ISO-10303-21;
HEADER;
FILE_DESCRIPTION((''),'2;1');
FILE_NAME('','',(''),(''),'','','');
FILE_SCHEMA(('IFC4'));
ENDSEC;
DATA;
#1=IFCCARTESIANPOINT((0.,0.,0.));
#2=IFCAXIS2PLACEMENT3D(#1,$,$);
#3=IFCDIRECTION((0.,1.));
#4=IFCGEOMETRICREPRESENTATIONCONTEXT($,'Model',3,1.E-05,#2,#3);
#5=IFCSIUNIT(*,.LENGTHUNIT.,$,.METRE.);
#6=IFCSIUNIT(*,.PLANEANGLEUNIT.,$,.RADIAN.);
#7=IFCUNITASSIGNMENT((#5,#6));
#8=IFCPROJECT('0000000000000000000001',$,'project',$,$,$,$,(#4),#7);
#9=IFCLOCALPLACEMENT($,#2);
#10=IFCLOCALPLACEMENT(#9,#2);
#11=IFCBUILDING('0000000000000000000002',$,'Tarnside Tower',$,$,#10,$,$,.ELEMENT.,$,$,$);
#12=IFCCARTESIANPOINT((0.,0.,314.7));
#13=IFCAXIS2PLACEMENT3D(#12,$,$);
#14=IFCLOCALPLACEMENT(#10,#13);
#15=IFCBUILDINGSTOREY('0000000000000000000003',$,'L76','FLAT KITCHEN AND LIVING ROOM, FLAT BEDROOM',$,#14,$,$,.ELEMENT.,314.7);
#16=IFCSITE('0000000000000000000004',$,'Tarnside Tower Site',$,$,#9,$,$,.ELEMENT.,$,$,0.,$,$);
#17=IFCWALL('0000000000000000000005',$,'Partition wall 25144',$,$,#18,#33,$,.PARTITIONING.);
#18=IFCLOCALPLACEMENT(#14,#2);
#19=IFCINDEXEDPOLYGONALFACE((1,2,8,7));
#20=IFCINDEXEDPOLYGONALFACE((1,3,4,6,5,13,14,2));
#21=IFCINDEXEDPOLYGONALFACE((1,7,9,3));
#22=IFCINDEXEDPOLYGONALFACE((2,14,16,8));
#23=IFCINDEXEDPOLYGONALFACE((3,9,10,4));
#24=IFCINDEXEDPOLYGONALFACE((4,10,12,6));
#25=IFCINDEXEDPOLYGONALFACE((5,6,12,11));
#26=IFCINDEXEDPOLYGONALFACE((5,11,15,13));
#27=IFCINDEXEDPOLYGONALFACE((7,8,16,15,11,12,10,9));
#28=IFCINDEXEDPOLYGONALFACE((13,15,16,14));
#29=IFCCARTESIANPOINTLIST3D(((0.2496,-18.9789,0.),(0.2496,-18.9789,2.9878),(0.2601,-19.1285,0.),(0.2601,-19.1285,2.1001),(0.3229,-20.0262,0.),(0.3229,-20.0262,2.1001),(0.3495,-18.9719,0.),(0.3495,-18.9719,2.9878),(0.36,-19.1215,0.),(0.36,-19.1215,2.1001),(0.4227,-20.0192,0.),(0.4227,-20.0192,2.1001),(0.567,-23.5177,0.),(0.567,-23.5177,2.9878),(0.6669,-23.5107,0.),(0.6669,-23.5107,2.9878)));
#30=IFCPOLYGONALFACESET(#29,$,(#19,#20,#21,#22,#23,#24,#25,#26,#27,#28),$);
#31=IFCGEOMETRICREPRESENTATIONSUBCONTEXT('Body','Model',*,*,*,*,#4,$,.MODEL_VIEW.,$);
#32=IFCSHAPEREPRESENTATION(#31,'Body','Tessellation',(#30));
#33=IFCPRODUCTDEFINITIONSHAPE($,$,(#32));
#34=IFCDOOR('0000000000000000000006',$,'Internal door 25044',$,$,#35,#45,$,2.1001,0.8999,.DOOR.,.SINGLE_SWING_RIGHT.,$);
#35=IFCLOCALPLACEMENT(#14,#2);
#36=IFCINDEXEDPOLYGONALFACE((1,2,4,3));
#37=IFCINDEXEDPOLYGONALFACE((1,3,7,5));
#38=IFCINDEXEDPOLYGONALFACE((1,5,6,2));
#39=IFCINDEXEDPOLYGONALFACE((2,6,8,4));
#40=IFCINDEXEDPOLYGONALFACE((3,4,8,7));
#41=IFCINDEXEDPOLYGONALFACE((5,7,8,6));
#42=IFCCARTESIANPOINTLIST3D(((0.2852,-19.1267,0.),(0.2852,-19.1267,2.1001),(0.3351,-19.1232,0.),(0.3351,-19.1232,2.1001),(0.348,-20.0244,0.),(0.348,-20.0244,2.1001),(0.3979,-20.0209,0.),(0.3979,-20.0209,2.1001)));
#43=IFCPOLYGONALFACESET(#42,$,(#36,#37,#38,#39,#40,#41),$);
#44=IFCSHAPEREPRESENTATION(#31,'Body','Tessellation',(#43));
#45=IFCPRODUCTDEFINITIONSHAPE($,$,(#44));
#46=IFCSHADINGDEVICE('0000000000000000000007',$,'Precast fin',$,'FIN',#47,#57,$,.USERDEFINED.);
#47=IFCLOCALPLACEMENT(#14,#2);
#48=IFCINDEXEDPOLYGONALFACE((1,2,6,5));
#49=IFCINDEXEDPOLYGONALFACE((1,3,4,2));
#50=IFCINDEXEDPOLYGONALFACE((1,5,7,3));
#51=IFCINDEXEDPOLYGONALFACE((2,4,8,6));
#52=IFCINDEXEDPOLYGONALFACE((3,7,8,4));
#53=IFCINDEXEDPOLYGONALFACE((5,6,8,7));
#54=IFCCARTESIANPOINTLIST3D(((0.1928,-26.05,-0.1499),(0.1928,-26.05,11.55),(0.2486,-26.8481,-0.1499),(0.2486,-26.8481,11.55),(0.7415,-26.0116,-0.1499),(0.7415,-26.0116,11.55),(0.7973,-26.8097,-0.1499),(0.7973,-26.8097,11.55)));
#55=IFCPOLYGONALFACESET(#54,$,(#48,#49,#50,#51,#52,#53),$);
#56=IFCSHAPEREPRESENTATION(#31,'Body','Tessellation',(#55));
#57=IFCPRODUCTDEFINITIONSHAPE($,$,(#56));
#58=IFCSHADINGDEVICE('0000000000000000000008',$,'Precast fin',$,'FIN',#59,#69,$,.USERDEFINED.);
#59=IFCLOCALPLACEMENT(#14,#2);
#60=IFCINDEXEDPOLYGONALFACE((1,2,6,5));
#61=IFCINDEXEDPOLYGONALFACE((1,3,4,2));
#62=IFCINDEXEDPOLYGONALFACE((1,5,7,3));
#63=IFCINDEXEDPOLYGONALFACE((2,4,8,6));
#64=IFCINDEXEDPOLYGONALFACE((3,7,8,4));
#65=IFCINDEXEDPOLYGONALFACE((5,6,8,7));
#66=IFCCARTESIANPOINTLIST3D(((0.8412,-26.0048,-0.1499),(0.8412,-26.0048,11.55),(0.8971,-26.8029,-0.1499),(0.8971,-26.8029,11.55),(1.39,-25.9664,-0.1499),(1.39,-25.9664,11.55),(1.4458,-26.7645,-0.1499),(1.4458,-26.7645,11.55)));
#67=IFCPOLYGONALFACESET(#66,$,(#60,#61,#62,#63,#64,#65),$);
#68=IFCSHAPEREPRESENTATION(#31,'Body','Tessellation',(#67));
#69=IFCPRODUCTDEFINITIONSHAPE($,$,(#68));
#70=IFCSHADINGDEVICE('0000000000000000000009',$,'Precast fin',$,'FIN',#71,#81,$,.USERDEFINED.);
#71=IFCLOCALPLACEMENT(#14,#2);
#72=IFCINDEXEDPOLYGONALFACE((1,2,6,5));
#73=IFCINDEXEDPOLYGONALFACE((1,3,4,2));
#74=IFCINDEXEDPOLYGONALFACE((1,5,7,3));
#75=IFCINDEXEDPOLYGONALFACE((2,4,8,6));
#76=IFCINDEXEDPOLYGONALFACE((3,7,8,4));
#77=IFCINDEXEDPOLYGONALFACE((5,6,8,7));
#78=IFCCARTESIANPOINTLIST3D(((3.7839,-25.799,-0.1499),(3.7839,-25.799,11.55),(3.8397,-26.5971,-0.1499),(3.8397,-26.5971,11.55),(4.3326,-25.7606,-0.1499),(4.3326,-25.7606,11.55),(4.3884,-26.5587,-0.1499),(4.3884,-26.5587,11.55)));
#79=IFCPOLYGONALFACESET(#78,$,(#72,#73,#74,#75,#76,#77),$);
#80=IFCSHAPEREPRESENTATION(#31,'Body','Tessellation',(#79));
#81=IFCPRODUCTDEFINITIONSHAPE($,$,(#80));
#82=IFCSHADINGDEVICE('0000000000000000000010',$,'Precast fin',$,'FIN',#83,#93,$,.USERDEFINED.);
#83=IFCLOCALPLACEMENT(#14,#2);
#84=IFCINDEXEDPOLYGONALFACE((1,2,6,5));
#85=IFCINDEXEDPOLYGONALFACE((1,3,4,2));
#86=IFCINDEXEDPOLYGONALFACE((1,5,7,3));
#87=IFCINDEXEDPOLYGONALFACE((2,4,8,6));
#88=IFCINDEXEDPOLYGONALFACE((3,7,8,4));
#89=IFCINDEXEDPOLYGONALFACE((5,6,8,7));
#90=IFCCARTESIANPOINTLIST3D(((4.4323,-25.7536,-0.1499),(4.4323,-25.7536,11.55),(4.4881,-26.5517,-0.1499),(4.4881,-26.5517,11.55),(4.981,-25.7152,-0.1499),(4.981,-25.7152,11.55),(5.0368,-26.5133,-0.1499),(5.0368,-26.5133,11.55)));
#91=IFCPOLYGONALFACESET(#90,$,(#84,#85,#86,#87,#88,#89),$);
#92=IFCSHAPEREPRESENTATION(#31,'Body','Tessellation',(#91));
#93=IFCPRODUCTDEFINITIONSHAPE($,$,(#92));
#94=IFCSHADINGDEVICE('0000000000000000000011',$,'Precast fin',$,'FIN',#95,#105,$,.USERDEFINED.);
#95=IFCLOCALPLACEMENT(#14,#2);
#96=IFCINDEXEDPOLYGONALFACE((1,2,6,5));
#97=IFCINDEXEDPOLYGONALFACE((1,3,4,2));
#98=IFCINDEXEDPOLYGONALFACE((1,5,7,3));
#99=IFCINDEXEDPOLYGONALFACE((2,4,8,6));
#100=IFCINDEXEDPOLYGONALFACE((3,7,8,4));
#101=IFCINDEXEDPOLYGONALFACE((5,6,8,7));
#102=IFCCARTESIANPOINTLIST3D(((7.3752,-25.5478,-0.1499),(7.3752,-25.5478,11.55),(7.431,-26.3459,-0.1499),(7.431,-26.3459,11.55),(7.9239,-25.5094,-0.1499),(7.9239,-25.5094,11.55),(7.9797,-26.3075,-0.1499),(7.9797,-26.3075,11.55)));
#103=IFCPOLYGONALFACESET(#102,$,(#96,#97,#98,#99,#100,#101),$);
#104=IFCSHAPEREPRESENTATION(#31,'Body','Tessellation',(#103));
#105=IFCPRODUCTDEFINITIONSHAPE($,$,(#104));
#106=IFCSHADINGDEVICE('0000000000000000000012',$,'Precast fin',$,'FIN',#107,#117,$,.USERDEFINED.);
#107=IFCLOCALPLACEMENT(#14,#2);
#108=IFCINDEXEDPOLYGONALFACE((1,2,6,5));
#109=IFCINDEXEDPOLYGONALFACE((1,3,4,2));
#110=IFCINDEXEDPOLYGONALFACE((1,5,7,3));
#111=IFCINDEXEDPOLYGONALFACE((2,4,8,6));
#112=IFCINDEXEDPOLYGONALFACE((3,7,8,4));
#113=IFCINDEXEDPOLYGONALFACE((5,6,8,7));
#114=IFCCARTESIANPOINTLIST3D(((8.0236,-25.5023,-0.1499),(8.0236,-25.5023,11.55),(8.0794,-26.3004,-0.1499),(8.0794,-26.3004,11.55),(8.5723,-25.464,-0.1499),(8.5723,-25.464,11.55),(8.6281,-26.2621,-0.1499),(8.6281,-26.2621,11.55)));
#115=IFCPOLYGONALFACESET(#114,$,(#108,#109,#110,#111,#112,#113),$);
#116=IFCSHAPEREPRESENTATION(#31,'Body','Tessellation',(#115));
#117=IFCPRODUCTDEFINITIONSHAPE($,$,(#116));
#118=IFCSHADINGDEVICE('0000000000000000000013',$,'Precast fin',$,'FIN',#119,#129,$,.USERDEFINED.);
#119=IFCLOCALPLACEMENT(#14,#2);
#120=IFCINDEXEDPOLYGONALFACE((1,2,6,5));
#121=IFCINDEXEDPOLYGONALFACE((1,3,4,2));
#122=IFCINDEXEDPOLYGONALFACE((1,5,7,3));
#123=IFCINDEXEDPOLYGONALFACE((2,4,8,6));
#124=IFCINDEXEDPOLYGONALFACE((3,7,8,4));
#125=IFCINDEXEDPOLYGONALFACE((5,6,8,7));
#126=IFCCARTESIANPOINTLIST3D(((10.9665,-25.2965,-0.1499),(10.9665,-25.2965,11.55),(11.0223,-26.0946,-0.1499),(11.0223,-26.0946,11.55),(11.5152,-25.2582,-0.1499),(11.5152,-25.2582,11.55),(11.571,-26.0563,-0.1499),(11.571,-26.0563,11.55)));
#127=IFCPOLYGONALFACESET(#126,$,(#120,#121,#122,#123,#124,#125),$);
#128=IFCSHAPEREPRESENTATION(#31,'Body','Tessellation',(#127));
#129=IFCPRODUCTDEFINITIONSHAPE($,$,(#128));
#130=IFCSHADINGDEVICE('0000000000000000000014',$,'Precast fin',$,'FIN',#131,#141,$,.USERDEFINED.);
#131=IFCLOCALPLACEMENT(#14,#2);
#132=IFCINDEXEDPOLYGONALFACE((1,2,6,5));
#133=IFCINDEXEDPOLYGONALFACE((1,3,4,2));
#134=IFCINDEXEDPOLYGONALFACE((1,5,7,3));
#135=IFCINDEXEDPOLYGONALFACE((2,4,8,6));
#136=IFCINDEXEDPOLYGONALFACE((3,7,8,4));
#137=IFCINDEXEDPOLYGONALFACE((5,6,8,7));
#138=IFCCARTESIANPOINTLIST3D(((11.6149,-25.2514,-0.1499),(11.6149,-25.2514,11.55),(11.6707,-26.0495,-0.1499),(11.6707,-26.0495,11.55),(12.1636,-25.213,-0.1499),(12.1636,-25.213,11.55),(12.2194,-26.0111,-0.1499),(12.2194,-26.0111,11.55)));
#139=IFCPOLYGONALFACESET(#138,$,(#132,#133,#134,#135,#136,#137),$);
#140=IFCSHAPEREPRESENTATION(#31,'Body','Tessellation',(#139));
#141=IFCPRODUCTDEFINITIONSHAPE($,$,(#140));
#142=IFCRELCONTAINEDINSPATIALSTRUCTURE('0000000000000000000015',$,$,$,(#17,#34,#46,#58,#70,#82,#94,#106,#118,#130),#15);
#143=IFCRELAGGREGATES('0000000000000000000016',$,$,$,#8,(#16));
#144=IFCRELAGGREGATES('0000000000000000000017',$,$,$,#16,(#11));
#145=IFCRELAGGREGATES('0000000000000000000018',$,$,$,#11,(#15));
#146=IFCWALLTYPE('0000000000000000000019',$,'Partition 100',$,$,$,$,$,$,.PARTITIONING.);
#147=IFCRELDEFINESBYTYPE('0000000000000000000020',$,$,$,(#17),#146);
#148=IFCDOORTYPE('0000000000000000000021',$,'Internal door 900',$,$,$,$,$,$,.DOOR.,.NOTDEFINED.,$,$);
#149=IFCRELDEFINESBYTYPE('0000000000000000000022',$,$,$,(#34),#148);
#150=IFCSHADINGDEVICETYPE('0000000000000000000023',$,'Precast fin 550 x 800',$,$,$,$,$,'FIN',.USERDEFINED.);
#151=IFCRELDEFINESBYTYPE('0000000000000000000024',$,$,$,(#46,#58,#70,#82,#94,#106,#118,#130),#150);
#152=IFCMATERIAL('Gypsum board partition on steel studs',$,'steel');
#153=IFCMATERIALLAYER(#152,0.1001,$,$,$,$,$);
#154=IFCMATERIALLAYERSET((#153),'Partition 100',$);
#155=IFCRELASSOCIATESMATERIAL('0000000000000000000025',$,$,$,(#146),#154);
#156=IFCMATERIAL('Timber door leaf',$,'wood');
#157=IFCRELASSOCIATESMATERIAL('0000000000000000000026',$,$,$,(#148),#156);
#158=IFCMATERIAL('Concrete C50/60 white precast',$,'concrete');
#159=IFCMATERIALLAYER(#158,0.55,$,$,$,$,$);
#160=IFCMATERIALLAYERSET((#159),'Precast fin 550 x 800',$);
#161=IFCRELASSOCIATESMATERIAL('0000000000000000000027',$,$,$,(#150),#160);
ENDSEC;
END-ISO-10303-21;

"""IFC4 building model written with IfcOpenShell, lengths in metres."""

from ifc_helpers import new_model, si_unit, direction, frame, frame_2d, origin, place, context, subcontext, project, spatial, polyline, rectangle, outline, extrude, material, layer, layer_set, type_object, element, fill, save


model = new_model("IFC4")

# Units and contexts
model_context = context("Model", 3, precision=1e-05, world=origin(), true_north=direction((0.0, 1.0)))
body_context = subcontext(model_context, "Body", "Model", "MODEL_VIEW")
ifc_project = project(units=[si_unit("LENGTHUNIT", "METRE"), si_unit("PLANEANGLEUNIT", "RADIAN")], contexts=[model_context])

# Site, building, storey
site_placement = place(None, origin())
site = spatial("IfcSite", under=ifc_project, at=site_placement, Name="Tarnside Tower Site", CompositionType="ELEMENT", RefElevation=0.0)
building_placement = place(site_placement, origin())
building = spatial("IfcBuilding", under=site, at=building_placement, Name="Tarnside Tower", CompositionType="ELEMENT")
storey_placement = place(building_placement, frame((0.0, 0.0, 314.7)))
storey = spatial("IfcBuildingStorey", under=building, at=storey_placement, Name="L76", Description="FLAT KITCHEN AND LIVING ROOM, FLAT BEDROOM", CompositionType="ELEMENT", Elevation=314.7)

# Shared definitions
ifc_material_1 = material(Name="Gypsum board partition on steel studs", Category="steel")

# Shared definitions
ifc_material_2 = material(Name="Timber door leaf", Category="wood")

# Shared definitions
ifc_layer_1 = layer(ifc_material_1, 0.1001)
ifc_layer_set_1 = layer_set([ifc_layer_1], Name="Partition 100")
wall_type_1 = type_object("IfcWallType", Name="Partition 100", PredefinedType="PARTITIONING", material=ifc_layer_set_1)

# Wall, opening, door
door_type_1 = type_object("IfcDoorType", Name="Internal door 900", OperationType="NOTDEFINED", PredefinedType="DOOR", material=ifc_material_2)
wall_1_placement = place(storey_placement, frame((0.6169, -23.5142, 0.0), z_axis=(0.0, 0.0, 1.0), x_axis=(-0.069756, 0.997564, 0.0)))
wall_1 = element("IfcWall", 1, at=wall_1_placement, inside=storey, type_object=wall_type_1, Name="Partition wall 25144", PredefinedType="PARTITIONING", context=body_context, shape_type="SweptSolid", body=[
    extrude(rectangle(XDim=4.5498, YDim=0.1001, at=frame_2d((2.2749, 0.0))), origin(), (0.0, 0.0, 1.0), 2.9878),
])
opening_1_placement = place(wall_1_placement, frame((3.5, 0.0, 0.0)))
opening_1 = element("IfcOpeningElement", 2, at=opening_1_placement, cuts=wall_1, PredefinedType="OPENING", context=body_context, shape_type="SweptSolid", body=[
    extrude(rectangle(XDim=0.8999, YDim=2.1001, at=frame_2d((0.45, 1.05))), frame((0.0, 0.0601, 0.0), z_axis=(0.0, -1.0, 0.0), x_axis=(1.0, 0.0, 0.0)), (0.0, 0.0, 1.0), 0.1201),
])
door_1_placement = place(opening_1_placement, origin())
door_1 = element("IfcDoor", 3, at=door_1_placement, inside=storey, type_object=door_type_1, Name="Internal door 25044", OperationType="SINGLE_SWING_RIGHT", OverallHeight=2.1001, OverallWidth=0.8999, PredefinedType="DOOR", context=body_context, shape_type="SweptSolid", body=[
    extrude(rectangle(XDim=0.8999, YDim=2.1001, at=frame_2d((0.45, 1.05))), frame((0.0, 0.0249, 0.0), z_axis=(0.0, -1.0, 0.0), x_axis=(1.0, 0.0, 0.0)), (0.0, 0.0, 1.0), 0.05),
])
fill(opening_1, door_1)

# Shading devices
ifc_material_3 = material(Name="Concrete C50/60 white precast", Category="concrete")
ifc_layer_2 = layer(ifc_material_3, 0.55)
ifc_layer_set_2 = layer_set([ifc_layer_2], Name="Precast fin 550 x 800")
shading_device_type = type_object("IfcShadingDeviceType", Name="Precast fin 550 x 800", ElementType="FIN", PredefinedType="USERDEFINED", material=ifc_layer_set_2)
for number, where, z_axis, x_axis, name in (
    (4, (0.4673, -26.0308, -0.1499), (-0.997564, -0.069756, 0.0), (0.069756, -0.997564, 0.0), "Precast fin"),
    (5, (1.1157, -25.9856, -0.1499), (-0.997564, -0.069756, 0.0), (0.069756, -0.997564, 0.0), "Precast fin"),
    (6, (4.0583, -25.7798, -0.1499), (-0.997564, -0.069756, 0.0), (0.069756, -0.997564, 0.0), "Precast fin"),
    (7, (4.7068, -25.7344, -0.1499), (-0.997564, -0.069756, 0.0), (0.069756, -0.997564, 0.0), "Precast fin"),
    (8, (7.6497, -25.5286, -0.1499), (-0.997564, -0.069756, 0.0), (0.069756, -0.997564, 0.0), "Precast fin"),
    (9, (8.2981, -25.4832, -0.1499), (-0.997564, -0.069756, 0.0), (0.069756, -0.997564, 0.0), "Precast fin"),
    (10, (11.241, -25.2773, -0.1499), (-0.997564, -0.069756, 0.0), (0.069756, -0.997564, 0.0), "Precast fin"),
    (11, (11.8894, -25.2322, -0.1499), (-0.997564, -0.069756, 0.0), (0.069756, -0.997564, 0.0), "Precast fin"),
):
    element("IfcShadingDevice", number, at=place(storey_placement, frame(where, z_axis=z_axis, x_axis=x_axis)), inside=storey, type_object=shading_device_type, Name=name, ObjectType="FIN", PredefinedType="USERDEFINED", context=body_context, shape_type="SweptSolid", body=[
        extrude(outline(polyline([(0.0, 0.0), (0.8, 0.0), (0.8, 11.7), (0.0, 11.7), (0.0, 0.0)])), frame((0.0, 0.0, -0.2749)), (0.0, 0.0, 1.0), 0.55),
    ])

save(model, "model.ifc")
